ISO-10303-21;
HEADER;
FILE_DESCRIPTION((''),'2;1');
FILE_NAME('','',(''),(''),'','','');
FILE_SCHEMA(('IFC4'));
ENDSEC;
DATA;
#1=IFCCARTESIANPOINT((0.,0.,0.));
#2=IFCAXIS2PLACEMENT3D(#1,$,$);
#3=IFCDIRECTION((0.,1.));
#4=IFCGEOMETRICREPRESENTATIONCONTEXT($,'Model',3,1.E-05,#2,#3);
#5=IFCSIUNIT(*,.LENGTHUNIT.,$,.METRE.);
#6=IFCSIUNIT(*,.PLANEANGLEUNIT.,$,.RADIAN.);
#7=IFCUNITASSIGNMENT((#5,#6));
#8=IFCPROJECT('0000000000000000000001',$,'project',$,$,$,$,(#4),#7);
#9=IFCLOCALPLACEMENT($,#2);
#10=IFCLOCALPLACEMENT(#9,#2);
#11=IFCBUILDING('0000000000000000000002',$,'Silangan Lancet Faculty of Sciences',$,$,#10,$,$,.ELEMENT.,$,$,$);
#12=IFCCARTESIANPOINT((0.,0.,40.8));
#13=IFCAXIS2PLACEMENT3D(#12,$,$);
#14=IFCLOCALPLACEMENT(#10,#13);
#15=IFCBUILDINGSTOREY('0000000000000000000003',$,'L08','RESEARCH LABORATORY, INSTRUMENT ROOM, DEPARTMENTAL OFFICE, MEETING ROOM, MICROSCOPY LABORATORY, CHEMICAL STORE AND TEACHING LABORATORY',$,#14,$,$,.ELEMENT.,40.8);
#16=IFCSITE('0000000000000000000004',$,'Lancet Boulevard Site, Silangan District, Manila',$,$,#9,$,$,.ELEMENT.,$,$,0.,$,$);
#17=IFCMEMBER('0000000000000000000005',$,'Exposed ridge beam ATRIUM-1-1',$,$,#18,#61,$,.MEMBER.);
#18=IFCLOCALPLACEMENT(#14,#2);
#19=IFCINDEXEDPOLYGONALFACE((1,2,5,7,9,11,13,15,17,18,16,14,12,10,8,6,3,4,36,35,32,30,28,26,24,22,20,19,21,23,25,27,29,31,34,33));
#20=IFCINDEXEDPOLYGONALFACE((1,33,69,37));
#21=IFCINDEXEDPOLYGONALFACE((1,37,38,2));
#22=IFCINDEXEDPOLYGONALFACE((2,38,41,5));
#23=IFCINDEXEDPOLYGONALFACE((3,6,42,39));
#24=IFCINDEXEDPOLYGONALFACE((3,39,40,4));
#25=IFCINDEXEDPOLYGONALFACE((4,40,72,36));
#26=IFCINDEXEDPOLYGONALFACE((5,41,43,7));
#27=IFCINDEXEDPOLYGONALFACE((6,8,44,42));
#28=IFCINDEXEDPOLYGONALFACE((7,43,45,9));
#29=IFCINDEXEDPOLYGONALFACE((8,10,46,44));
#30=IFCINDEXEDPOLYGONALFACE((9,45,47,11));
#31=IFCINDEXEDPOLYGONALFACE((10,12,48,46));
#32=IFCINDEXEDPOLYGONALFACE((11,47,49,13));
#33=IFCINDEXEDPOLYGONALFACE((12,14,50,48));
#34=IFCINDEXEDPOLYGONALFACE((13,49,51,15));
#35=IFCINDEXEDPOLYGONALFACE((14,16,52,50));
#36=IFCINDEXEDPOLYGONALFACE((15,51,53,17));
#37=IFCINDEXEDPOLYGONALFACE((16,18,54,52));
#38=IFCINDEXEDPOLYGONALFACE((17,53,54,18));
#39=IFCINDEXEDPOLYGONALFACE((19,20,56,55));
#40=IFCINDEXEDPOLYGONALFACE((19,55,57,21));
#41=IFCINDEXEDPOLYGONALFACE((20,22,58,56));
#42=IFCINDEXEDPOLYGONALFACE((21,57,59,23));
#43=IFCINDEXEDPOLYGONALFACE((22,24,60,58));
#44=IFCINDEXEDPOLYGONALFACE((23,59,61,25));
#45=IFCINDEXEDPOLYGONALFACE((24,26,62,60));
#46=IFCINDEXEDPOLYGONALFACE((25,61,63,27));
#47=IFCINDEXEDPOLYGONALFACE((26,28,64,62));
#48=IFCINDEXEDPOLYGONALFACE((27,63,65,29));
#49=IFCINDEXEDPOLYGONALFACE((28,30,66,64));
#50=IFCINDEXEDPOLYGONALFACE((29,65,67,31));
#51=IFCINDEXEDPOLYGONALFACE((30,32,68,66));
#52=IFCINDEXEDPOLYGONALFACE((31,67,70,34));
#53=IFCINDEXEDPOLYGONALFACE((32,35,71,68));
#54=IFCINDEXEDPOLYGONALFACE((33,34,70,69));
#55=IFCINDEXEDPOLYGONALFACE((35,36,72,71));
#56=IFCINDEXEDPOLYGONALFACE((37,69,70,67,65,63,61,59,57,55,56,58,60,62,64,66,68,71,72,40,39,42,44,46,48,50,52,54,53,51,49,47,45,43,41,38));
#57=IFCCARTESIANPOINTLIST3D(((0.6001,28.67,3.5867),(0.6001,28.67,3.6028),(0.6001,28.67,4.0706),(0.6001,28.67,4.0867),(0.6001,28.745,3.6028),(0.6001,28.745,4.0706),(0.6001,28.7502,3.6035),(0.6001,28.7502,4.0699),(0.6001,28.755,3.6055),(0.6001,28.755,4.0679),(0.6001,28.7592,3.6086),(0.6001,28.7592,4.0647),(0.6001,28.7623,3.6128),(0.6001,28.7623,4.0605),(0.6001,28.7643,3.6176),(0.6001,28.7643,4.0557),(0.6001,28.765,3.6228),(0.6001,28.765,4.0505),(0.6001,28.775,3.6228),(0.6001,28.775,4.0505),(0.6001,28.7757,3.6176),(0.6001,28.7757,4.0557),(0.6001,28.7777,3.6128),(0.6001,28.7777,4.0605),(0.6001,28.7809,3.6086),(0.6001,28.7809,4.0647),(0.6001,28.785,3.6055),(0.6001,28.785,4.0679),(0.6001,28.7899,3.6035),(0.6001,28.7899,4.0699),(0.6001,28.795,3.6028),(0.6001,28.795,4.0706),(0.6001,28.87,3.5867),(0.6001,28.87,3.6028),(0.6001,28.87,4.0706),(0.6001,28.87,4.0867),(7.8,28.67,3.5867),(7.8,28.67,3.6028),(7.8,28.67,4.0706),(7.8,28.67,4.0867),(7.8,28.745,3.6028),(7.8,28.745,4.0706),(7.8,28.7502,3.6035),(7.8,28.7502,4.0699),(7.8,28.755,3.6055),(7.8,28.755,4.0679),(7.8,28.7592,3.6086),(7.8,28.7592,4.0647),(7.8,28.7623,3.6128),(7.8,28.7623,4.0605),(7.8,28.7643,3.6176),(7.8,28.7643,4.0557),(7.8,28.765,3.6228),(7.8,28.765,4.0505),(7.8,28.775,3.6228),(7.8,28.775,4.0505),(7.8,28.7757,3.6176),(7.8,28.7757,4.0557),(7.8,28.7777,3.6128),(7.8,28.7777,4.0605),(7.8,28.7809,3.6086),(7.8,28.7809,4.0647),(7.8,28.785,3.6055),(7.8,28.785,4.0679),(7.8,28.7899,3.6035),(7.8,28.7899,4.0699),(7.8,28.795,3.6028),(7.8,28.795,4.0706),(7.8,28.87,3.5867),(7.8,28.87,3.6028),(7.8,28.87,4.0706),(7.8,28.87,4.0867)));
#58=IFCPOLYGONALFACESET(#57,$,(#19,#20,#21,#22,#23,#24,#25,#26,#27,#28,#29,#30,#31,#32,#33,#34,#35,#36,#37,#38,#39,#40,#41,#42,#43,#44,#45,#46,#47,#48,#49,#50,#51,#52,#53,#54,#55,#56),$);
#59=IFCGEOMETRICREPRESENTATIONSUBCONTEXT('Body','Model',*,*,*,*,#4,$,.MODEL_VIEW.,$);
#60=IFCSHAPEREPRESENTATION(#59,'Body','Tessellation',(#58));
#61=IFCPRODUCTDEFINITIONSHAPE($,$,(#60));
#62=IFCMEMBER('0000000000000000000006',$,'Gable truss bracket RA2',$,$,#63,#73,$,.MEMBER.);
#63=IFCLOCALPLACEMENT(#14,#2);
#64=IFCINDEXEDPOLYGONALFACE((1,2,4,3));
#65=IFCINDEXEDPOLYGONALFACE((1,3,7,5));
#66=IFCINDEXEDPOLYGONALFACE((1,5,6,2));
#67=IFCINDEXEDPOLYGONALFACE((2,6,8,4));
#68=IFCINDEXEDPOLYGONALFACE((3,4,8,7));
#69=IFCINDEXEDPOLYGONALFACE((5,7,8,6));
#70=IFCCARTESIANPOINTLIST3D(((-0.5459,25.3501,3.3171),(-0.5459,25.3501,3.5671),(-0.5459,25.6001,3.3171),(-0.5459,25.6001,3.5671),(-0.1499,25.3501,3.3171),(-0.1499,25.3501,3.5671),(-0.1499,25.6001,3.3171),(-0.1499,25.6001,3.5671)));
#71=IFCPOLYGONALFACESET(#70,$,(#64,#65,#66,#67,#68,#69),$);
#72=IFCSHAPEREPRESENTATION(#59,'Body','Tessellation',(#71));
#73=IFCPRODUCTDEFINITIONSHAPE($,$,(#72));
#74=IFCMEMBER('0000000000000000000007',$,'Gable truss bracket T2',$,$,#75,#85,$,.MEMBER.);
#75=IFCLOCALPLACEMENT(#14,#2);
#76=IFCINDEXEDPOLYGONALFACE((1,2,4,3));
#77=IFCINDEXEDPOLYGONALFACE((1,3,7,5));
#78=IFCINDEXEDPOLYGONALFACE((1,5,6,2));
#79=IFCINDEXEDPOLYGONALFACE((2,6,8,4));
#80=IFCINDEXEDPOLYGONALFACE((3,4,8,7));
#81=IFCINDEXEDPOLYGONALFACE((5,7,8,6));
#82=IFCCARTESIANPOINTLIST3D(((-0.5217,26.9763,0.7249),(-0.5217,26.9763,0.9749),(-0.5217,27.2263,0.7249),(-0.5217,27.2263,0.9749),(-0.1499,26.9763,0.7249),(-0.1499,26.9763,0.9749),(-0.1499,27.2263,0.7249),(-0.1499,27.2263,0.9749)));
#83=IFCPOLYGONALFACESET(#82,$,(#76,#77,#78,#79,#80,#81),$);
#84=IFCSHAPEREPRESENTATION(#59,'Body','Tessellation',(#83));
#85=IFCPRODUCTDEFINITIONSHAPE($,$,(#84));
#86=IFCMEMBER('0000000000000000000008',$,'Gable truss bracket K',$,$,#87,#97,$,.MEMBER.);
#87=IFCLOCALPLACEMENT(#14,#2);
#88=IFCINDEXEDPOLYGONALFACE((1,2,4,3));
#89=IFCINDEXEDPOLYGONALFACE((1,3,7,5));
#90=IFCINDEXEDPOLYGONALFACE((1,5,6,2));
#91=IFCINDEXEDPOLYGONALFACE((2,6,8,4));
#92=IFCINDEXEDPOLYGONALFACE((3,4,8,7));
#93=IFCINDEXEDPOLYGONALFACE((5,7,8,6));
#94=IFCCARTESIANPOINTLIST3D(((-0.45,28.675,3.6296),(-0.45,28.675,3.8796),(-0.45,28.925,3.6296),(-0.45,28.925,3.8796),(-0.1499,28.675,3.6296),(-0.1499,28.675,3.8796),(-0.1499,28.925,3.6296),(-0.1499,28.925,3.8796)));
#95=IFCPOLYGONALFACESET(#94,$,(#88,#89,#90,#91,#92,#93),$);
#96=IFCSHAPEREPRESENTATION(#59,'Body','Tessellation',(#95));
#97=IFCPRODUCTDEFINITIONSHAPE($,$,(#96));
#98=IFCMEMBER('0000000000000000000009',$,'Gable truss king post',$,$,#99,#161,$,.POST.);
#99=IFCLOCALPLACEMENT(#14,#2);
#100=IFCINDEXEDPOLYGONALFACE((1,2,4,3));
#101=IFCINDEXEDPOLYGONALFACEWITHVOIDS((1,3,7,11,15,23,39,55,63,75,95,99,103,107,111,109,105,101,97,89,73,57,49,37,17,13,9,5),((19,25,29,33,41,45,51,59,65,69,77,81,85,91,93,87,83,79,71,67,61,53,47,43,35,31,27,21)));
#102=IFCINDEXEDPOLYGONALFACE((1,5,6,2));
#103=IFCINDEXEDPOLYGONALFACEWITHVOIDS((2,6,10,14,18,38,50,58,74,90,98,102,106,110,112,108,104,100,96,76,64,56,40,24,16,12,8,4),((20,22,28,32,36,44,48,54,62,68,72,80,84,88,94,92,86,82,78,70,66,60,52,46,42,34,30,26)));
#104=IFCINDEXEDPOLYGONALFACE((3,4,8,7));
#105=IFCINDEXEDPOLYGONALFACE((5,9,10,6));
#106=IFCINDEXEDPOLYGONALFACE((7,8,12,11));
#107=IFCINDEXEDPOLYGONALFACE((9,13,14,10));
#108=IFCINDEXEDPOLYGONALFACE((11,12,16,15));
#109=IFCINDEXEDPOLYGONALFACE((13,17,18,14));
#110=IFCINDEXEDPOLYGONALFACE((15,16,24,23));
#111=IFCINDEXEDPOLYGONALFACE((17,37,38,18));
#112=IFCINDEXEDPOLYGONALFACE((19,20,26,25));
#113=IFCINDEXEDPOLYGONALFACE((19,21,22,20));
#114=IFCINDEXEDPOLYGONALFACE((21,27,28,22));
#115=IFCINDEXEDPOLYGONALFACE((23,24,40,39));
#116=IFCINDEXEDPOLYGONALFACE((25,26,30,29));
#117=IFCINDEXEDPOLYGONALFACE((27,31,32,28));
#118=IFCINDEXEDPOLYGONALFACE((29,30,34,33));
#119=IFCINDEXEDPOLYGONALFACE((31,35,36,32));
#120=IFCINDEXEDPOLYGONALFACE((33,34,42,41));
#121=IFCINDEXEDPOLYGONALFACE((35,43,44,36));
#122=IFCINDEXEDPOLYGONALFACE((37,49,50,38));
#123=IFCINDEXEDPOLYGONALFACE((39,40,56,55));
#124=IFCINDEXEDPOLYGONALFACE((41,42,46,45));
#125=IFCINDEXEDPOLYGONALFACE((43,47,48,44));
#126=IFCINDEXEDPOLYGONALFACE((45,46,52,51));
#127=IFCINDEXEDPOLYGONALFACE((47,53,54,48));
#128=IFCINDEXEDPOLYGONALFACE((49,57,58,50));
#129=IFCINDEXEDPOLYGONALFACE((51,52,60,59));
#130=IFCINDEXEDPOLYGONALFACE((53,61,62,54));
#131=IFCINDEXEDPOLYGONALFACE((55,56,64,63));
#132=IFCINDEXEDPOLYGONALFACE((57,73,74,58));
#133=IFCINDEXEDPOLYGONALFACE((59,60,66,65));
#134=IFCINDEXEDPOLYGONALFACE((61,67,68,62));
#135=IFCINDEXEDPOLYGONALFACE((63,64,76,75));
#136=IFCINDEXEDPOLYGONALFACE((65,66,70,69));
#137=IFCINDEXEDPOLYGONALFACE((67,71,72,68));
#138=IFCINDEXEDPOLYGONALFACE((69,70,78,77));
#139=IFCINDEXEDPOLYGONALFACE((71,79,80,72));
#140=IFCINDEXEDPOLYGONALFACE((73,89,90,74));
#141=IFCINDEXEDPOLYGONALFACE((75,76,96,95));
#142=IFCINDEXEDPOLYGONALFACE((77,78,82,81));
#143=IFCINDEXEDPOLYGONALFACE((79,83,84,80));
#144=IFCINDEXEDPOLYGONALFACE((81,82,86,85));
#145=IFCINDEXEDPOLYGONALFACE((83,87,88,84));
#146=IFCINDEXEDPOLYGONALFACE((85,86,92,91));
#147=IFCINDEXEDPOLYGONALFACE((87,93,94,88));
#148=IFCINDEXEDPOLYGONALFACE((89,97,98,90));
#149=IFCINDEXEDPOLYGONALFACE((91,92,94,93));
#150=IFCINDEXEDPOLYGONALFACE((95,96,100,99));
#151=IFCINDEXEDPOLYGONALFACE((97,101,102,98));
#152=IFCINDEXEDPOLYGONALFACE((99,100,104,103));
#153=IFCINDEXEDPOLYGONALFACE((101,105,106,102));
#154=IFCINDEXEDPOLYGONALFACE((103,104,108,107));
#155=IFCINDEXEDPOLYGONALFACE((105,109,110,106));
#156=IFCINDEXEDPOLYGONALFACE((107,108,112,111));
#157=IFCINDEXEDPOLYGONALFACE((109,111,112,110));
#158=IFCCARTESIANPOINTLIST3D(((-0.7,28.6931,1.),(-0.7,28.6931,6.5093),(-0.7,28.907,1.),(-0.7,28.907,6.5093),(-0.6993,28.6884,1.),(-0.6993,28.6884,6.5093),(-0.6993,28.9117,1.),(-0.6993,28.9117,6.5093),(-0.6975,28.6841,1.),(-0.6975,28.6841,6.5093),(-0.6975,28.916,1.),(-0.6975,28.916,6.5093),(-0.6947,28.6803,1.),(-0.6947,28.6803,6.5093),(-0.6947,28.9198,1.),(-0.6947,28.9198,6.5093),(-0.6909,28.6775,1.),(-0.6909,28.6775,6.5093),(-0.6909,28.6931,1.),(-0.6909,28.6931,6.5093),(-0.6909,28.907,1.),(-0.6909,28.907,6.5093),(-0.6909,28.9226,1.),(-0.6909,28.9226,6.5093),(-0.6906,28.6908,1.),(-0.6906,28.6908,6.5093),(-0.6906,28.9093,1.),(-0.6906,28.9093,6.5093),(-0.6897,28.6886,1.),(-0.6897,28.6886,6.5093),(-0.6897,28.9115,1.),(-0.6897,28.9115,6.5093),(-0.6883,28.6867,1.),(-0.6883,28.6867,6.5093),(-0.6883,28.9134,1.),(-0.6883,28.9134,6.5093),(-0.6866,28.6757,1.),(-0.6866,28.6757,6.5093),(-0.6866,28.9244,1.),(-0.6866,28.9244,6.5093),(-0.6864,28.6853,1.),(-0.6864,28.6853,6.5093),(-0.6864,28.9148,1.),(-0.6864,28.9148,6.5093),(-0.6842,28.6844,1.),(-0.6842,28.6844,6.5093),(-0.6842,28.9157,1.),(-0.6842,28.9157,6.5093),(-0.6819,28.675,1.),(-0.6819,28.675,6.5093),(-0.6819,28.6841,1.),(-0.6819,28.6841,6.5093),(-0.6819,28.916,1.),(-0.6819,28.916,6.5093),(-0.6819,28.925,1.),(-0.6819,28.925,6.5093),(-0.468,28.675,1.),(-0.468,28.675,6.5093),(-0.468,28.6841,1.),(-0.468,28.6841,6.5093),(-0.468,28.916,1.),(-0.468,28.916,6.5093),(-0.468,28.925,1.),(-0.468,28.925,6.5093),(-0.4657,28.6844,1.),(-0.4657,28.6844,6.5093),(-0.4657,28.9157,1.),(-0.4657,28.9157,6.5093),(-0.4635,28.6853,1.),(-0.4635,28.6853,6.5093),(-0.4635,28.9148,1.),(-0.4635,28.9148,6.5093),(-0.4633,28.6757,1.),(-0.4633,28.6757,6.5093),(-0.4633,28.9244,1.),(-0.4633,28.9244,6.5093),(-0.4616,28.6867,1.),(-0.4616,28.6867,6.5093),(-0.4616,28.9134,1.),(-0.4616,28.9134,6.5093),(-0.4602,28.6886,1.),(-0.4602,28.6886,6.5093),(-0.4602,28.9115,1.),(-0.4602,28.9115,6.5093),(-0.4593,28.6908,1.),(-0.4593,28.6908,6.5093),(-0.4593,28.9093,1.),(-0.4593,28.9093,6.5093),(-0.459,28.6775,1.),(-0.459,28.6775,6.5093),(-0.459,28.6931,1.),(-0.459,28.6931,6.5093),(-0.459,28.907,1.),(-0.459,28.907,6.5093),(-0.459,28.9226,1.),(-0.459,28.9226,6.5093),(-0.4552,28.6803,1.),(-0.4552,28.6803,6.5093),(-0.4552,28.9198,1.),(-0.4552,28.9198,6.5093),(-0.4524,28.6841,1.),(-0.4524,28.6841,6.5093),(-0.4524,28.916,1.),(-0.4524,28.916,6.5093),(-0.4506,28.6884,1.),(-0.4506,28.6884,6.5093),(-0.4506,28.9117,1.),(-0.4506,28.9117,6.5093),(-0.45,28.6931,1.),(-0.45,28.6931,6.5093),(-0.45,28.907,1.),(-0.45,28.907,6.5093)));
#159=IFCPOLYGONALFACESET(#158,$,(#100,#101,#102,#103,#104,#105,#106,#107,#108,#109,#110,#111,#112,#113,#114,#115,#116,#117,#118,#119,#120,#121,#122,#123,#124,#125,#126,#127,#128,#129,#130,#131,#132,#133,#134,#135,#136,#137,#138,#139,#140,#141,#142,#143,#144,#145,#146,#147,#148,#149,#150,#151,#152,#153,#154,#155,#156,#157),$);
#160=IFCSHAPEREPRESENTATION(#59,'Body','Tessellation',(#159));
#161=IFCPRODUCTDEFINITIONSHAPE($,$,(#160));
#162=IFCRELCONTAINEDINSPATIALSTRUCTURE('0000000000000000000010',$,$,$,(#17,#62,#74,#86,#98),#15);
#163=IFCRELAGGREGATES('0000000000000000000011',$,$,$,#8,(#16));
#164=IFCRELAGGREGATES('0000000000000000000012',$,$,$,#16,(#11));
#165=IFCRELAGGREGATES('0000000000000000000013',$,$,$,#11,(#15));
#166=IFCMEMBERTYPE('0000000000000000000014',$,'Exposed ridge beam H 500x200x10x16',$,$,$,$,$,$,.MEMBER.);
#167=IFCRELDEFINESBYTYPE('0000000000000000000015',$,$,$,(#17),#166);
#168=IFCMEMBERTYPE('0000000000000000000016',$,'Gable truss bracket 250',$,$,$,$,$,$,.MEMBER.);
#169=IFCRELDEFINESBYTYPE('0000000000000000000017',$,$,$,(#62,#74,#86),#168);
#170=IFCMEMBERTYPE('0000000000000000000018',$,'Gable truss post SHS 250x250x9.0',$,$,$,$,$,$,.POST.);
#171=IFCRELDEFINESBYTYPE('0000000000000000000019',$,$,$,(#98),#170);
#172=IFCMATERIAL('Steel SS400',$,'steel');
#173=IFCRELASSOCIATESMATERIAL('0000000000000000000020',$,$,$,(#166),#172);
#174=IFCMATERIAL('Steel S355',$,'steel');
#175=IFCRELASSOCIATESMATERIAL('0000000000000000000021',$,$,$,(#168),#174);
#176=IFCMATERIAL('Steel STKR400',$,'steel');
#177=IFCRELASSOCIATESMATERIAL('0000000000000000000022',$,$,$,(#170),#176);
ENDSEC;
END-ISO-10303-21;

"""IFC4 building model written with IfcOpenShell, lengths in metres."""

from ifc_helpers import new_model, si_unit, direction, frame, origin, origin_2d, place, context, subcontext, project, spatial, rectangle, hollow_rectangle, i_section, extrude, material, material_profile, profile_set, type_object, element, save


model = new_model("IFC4")

# Units and contexts
model_context = context("Model", 3, precision=1e-05, world=origin(), true_north=direction((0.0, 1.0)))
body_context = subcontext(model_context, "Body", "Model", "MODEL_VIEW")
ifc_project = project(units=[si_unit("LENGTHUNIT", "METRE"), si_unit("PLANEANGLEUNIT", "RADIAN")], contexts=[model_context])

# Site, building, storey
site_placement = place(None, origin())
site = spatial("IfcSite", under=ifc_project, at=site_placement, Name="Lancet Boulevard Site, Silangan District, Manila", CompositionType="ELEMENT", RefElevation=0.0)
building_placement = place(site_placement, origin())
building = spatial("IfcBuilding", under=site, at=building_placement, Name="Silangan Lancet Faculty of Sciences", CompositionType="ELEMENT")
storey_placement = place(building_placement, frame((0.0, 0.0, 40.8)))
storey = spatial("IfcBuildingStorey", under=building, at=storey_placement, Name="L08", Description="RESEARCH LABORATORY, INSTRUMENT ROOM, DEPARTMENTAL OFFICE, MEETING ROOM, MICROSCOPY LABORATORY, CHEMICAL STORE AND TEACHING LABORATORY", CompositionType="ELEMENT", Elevation=40.8)

# Members
ifc_material_1 = material(Name="Steel SS400", Category="steel")
ifc_material_profile_1 = material_profile(ifc_material_1, i_section(OverallWidth=0.2, OverallDepth=0.5, WebThickness=0.01, FlangeThickness=0.0161, FilletRadius=0.02, at=origin_2d()), Name="H 500x200x10x16")
ifc_profile_set_1 = profile_set([ifc_material_profile_1], Name="Steel SS400")
member_type_1 = type_object("IfcMemberType", Name="Exposed ridge beam H 500x200x10x16", PredefinedType="MEMBER", material=ifc_profile_set_1)
member_1_placement = place(storey_placement, frame((0.6001, 28.77, 3.8367), z_axis=(1.0, 0.0, 0.0), x_axis=(0.0, 1.0, 0.0)))
element("IfcMember", 1, at=member_1_placement, inside=storey, type_object=member_type_1, Name="Exposed ridge beam ATRIUM-1-1", PredefinedType="MEMBER", context=body_context, shape_type="SweptSolid", body=[
    extrude(i_section(OverallWidth=0.2, OverallDepth=0.5, WebThickness=0.01, FlangeThickness=0.0161, FilletRadius=0.02, at=origin_2d()), origin(), (0.0, 0.0, 1.0), 7.2),
])
ifc_material_2 = material(Name="Steel S355", Category="steel")
ifc_material_profile_2 = material_profile(ifc_material_2, rectangle(XDim=0.25, YDim=0.25, at=origin_2d()), Name="steel 250x250")
ifc_profile_set_2 = profile_set([ifc_material_profile_2], Name="Steel S355")
member_type_2 = type_object("IfcMemberType", Name="Gable truss bracket 250", PredefinedType="MEMBER", material=ifc_profile_set_2)
member_2_placement = place(storey_placement, frame((-0.1499, 25.4751, 3.4421), z_axis=(-1.0, 0.0, 0.0), x_axis=(0.0, -1.0, 0.0)))
element("IfcMember", 2, at=member_2_placement, inside=storey, type_object=member_type_2, Name="Gable truss bracket RA2", PredefinedType="MEMBER", context=body_context, shape_type="SweptSolid", body=[
    extrude(rectangle(XDim=0.25, YDim=0.25, at=origin_2d()), origin(), (0.0, 0.0, 1.0), 0.396),
])
member_3_placement = place(storey_placement, frame((-0.1499, 27.1013, 0.8499), z_axis=(-1.0, 0.0, 0.0), x_axis=(0.0, -1.0, 0.0)))
element("IfcMember", 3, at=member_3_placement, inside=storey, type_object=member_type_2, Name="Gable truss bracket T2", PredefinedType="MEMBER", context=body_context, shape_type="SweptSolid", body=[
    extrude(rectangle(XDim=0.25, YDim=0.25, at=origin_2d()), origin(), (0.0, 0.0, 1.0), 0.3718),
])
member_4_placement = place(storey_placement, frame((-0.1499, 28.8, 3.7546), z_axis=(-1.0, 0.0, 0.0), x_axis=(0.0, -1.0, 0.0)))
element("IfcMember", 4, at=member_4_placement, inside=storey, type_object=member_type_2, Name="Gable truss bracket K", PredefinedType="MEMBER", context=body_context, shape_type="SweptSolid", body=[
    extrude(rectangle(XDim=0.25, YDim=0.25, at=origin_2d()), origin(), (0.0, 0.0, 1.0), 0.3),
])
ifc_material_3 = material(Name="Steel STKR400", Category="steel")
ifc_material_profile_3 = material_profile(ifc_material_3, hollow_rectangle(XDim=0.25, YDim=0.25, WallThickness=0.009, InnerFilletRadius=0.009, OuterFilletRadius=0.0181, at=origin_2d()), Name="SHS 250x250x9.0")
ifc_profile_set_3 = profile_set([ifc_material_profile_3], Name="Steel STKR400")
member_type_3 = type_object("IfcMemberType", Name="Gable truss post SHS 250x250x9.0", PredefinedType="POST", material=ifc_profile_set_3)
member_5_placement = place(storey_placement, frame((-0.575, 28.8, 1.0), z_axis=(0.0, 0.0, 1.0), x_axis=(1.0, 0.0, 0.0)))
element("IfcMember", 5, at=member_5_placement, inside=storey, type_object=member_type_3, Name="Gable truss king post", PredefinedType="POST", context=body_context, shape_type="SweptSolid", body=[
    extrude(hollow_rectangle(XDim=0.25, YDim=0.25, WallThickness=0.009, InnerFilletRadius=0.009, OuterFilletRadius=0.0181, at=origin_2d()), origin(), (0.0, 0.0, 1.0), 5.5093),
])

save(model, "model.ifc")
